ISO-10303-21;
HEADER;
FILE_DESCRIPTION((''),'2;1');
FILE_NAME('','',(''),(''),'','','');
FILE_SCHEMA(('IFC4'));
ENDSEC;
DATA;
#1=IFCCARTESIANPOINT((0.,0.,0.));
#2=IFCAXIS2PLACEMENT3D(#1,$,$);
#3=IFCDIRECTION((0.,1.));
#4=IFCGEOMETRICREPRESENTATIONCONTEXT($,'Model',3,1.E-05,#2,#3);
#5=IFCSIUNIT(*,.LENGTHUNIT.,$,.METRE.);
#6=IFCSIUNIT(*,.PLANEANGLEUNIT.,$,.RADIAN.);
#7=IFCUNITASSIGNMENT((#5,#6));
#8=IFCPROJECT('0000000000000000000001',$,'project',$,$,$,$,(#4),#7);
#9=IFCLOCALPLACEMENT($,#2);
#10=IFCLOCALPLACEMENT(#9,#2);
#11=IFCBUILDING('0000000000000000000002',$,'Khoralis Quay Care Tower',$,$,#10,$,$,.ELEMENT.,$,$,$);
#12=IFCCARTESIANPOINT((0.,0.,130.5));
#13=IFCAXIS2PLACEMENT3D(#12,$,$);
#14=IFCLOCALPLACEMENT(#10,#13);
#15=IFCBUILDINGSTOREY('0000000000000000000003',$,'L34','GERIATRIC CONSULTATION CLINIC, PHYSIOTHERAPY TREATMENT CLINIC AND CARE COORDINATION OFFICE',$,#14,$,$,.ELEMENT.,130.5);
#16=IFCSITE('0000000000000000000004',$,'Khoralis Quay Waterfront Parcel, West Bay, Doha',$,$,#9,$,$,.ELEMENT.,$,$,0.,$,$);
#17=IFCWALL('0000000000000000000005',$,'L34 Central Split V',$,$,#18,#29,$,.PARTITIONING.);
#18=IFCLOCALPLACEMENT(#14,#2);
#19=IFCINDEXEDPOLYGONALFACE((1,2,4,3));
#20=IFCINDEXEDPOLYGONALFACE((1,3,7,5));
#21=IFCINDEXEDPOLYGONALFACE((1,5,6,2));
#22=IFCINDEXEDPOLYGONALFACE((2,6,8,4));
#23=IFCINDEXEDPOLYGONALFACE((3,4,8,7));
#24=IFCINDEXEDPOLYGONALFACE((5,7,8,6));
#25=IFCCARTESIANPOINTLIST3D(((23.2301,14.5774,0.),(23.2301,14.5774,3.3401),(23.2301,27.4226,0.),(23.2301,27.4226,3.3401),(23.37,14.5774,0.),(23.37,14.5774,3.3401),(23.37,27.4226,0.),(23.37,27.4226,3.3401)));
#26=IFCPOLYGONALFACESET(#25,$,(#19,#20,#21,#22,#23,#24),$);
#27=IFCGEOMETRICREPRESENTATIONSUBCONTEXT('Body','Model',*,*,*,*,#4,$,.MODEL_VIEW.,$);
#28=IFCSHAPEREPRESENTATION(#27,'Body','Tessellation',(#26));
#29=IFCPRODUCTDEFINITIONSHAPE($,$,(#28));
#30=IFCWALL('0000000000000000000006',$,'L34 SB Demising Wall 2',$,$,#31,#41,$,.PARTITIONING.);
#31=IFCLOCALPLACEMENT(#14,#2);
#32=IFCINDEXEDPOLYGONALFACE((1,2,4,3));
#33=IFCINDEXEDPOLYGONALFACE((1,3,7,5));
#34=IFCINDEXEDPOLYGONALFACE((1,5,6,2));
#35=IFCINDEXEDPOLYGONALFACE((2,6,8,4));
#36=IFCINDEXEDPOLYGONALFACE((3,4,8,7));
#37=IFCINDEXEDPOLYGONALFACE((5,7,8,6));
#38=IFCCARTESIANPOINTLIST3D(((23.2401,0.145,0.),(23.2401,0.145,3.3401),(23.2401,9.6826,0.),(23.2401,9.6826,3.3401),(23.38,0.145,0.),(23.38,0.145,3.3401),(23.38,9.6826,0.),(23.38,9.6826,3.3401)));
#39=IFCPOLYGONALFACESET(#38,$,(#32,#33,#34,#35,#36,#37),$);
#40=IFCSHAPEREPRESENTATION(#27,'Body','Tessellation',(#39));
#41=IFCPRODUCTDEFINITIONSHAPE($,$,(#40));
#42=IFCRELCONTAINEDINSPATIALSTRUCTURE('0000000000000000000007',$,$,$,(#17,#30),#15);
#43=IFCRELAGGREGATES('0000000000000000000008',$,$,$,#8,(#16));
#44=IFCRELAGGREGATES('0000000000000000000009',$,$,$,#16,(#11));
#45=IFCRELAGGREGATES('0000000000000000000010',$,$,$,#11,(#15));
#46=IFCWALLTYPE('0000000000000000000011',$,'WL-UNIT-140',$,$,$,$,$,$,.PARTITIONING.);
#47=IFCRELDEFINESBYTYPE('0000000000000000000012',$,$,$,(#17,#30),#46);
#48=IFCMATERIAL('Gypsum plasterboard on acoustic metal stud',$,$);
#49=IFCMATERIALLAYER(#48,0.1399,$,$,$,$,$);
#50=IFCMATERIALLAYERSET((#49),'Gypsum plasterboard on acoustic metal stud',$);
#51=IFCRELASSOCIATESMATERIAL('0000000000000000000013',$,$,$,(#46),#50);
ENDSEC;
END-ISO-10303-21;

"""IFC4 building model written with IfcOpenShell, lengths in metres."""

from ifc_helpers import new_model, si_unit, direction, frame, frame_2d, origin, place, context, subcontext, project, spatial, rectangle, extrude, material, layer, layer_set, type_object, element, save


model = new_model("IFC4")

# Units and contexts
model_context = context("Model", 3, precision=1e-05, world=origin(), true_north=direction((0.0, 1.0)))
body_context = subcontext(model_context, "Body", "Model", "MODEL_VIEW")
ifc_project = project(units=[si_unit("LENGTHUNIT", "METRE"), si_unit("PLANEANGLEUNIT", "RADIAN")], contexts=[model_context])

# Site, building, storey
site_placement = place(None, origin())
site = spatial("IfcSite", under=ifc_project, at=site_placement, Name="Khoralis Quay Waterfront Parcel, West Bay, Doha", CompositionType="ELEMENT", RefElevation=0.0)
building_placement = place(site_placement, origin())
building = spatial("IfcBuilding", under=site, at=building_placement, Name="Khoralis Quay Care Tower", CompositionType="ELEMENT")
storey_placement = place(building_placement, frame((0.0, 0.0, 130.5)))
storey = spatial("IfcBuildingStorey", under=building, at=storey_placement, Name="L34", Description="GERIATRIC CONSULTATION CLINIC, PHYSIOTHERAPY TREATMENT CLINIC AND CARE COORDINATION OFFICE", CompositionType="ELEMENT", Elevation=130.5)

# Shared definitions
ifc_material_1 = material(Name="Gypsum plasterboard on acoustic metal stud")

# Walls
ifc_layer_1 = layer(ifc_material_1, 0.1399)
ifc_layer_set_1 = layer_set([ifc_layer_1], Name="Gypsum plasterboard on acoustic metal stud")
wall_type_1 = type_object("IfcWallType", Name="WL-UNIT-140", PredefinedType="PARTITIONING", material=ifc_layer_set_1)
wall_1_placement = place(storey_placement, frame((23.3, 14.5774, 0.0), z_axis=(0.0, 0.0, 1.0), x_axis=(0.0, 1.0, 0.0)))
element("IfcWall", 1, at=wall_1_placement, inside=storey, type_object=wall_type_1, Name="L34 Central Split V", PredefinedType="PARTITIONING", context=body_context, shape_type="SweptSolid", body=[
    extrude(rectangle(XDim=12.8452, YDim=0.1399, at=frame_2d((6.4226, 0.0))), origin(), (0.0, 0.0, 1.0), 3.3401),
])
wall_2_placement = place(storey_placement, frame((23.3101, 0.145, 0.0), z_axis=(0.0, 0.0, 1.0), x_axis=(0.0, 1.0, 0.0)))
element("IfcWall", 2, at=wall_2_placement, inside=storey, type_object=wall_type_1, Name="L34 SB Demising Wall 2", PredefinedType="PARTITIONING", context=body_context, shape_type="SweptSolid", body=[
    extrude(rectangle(XDim=9.5376, YDim=0.1399, at=frame_2d((4.7688, 0.0))), origin(), (0.0, 0.0, 1.0), 3.3401),
])

save(model, "model.ifc")
